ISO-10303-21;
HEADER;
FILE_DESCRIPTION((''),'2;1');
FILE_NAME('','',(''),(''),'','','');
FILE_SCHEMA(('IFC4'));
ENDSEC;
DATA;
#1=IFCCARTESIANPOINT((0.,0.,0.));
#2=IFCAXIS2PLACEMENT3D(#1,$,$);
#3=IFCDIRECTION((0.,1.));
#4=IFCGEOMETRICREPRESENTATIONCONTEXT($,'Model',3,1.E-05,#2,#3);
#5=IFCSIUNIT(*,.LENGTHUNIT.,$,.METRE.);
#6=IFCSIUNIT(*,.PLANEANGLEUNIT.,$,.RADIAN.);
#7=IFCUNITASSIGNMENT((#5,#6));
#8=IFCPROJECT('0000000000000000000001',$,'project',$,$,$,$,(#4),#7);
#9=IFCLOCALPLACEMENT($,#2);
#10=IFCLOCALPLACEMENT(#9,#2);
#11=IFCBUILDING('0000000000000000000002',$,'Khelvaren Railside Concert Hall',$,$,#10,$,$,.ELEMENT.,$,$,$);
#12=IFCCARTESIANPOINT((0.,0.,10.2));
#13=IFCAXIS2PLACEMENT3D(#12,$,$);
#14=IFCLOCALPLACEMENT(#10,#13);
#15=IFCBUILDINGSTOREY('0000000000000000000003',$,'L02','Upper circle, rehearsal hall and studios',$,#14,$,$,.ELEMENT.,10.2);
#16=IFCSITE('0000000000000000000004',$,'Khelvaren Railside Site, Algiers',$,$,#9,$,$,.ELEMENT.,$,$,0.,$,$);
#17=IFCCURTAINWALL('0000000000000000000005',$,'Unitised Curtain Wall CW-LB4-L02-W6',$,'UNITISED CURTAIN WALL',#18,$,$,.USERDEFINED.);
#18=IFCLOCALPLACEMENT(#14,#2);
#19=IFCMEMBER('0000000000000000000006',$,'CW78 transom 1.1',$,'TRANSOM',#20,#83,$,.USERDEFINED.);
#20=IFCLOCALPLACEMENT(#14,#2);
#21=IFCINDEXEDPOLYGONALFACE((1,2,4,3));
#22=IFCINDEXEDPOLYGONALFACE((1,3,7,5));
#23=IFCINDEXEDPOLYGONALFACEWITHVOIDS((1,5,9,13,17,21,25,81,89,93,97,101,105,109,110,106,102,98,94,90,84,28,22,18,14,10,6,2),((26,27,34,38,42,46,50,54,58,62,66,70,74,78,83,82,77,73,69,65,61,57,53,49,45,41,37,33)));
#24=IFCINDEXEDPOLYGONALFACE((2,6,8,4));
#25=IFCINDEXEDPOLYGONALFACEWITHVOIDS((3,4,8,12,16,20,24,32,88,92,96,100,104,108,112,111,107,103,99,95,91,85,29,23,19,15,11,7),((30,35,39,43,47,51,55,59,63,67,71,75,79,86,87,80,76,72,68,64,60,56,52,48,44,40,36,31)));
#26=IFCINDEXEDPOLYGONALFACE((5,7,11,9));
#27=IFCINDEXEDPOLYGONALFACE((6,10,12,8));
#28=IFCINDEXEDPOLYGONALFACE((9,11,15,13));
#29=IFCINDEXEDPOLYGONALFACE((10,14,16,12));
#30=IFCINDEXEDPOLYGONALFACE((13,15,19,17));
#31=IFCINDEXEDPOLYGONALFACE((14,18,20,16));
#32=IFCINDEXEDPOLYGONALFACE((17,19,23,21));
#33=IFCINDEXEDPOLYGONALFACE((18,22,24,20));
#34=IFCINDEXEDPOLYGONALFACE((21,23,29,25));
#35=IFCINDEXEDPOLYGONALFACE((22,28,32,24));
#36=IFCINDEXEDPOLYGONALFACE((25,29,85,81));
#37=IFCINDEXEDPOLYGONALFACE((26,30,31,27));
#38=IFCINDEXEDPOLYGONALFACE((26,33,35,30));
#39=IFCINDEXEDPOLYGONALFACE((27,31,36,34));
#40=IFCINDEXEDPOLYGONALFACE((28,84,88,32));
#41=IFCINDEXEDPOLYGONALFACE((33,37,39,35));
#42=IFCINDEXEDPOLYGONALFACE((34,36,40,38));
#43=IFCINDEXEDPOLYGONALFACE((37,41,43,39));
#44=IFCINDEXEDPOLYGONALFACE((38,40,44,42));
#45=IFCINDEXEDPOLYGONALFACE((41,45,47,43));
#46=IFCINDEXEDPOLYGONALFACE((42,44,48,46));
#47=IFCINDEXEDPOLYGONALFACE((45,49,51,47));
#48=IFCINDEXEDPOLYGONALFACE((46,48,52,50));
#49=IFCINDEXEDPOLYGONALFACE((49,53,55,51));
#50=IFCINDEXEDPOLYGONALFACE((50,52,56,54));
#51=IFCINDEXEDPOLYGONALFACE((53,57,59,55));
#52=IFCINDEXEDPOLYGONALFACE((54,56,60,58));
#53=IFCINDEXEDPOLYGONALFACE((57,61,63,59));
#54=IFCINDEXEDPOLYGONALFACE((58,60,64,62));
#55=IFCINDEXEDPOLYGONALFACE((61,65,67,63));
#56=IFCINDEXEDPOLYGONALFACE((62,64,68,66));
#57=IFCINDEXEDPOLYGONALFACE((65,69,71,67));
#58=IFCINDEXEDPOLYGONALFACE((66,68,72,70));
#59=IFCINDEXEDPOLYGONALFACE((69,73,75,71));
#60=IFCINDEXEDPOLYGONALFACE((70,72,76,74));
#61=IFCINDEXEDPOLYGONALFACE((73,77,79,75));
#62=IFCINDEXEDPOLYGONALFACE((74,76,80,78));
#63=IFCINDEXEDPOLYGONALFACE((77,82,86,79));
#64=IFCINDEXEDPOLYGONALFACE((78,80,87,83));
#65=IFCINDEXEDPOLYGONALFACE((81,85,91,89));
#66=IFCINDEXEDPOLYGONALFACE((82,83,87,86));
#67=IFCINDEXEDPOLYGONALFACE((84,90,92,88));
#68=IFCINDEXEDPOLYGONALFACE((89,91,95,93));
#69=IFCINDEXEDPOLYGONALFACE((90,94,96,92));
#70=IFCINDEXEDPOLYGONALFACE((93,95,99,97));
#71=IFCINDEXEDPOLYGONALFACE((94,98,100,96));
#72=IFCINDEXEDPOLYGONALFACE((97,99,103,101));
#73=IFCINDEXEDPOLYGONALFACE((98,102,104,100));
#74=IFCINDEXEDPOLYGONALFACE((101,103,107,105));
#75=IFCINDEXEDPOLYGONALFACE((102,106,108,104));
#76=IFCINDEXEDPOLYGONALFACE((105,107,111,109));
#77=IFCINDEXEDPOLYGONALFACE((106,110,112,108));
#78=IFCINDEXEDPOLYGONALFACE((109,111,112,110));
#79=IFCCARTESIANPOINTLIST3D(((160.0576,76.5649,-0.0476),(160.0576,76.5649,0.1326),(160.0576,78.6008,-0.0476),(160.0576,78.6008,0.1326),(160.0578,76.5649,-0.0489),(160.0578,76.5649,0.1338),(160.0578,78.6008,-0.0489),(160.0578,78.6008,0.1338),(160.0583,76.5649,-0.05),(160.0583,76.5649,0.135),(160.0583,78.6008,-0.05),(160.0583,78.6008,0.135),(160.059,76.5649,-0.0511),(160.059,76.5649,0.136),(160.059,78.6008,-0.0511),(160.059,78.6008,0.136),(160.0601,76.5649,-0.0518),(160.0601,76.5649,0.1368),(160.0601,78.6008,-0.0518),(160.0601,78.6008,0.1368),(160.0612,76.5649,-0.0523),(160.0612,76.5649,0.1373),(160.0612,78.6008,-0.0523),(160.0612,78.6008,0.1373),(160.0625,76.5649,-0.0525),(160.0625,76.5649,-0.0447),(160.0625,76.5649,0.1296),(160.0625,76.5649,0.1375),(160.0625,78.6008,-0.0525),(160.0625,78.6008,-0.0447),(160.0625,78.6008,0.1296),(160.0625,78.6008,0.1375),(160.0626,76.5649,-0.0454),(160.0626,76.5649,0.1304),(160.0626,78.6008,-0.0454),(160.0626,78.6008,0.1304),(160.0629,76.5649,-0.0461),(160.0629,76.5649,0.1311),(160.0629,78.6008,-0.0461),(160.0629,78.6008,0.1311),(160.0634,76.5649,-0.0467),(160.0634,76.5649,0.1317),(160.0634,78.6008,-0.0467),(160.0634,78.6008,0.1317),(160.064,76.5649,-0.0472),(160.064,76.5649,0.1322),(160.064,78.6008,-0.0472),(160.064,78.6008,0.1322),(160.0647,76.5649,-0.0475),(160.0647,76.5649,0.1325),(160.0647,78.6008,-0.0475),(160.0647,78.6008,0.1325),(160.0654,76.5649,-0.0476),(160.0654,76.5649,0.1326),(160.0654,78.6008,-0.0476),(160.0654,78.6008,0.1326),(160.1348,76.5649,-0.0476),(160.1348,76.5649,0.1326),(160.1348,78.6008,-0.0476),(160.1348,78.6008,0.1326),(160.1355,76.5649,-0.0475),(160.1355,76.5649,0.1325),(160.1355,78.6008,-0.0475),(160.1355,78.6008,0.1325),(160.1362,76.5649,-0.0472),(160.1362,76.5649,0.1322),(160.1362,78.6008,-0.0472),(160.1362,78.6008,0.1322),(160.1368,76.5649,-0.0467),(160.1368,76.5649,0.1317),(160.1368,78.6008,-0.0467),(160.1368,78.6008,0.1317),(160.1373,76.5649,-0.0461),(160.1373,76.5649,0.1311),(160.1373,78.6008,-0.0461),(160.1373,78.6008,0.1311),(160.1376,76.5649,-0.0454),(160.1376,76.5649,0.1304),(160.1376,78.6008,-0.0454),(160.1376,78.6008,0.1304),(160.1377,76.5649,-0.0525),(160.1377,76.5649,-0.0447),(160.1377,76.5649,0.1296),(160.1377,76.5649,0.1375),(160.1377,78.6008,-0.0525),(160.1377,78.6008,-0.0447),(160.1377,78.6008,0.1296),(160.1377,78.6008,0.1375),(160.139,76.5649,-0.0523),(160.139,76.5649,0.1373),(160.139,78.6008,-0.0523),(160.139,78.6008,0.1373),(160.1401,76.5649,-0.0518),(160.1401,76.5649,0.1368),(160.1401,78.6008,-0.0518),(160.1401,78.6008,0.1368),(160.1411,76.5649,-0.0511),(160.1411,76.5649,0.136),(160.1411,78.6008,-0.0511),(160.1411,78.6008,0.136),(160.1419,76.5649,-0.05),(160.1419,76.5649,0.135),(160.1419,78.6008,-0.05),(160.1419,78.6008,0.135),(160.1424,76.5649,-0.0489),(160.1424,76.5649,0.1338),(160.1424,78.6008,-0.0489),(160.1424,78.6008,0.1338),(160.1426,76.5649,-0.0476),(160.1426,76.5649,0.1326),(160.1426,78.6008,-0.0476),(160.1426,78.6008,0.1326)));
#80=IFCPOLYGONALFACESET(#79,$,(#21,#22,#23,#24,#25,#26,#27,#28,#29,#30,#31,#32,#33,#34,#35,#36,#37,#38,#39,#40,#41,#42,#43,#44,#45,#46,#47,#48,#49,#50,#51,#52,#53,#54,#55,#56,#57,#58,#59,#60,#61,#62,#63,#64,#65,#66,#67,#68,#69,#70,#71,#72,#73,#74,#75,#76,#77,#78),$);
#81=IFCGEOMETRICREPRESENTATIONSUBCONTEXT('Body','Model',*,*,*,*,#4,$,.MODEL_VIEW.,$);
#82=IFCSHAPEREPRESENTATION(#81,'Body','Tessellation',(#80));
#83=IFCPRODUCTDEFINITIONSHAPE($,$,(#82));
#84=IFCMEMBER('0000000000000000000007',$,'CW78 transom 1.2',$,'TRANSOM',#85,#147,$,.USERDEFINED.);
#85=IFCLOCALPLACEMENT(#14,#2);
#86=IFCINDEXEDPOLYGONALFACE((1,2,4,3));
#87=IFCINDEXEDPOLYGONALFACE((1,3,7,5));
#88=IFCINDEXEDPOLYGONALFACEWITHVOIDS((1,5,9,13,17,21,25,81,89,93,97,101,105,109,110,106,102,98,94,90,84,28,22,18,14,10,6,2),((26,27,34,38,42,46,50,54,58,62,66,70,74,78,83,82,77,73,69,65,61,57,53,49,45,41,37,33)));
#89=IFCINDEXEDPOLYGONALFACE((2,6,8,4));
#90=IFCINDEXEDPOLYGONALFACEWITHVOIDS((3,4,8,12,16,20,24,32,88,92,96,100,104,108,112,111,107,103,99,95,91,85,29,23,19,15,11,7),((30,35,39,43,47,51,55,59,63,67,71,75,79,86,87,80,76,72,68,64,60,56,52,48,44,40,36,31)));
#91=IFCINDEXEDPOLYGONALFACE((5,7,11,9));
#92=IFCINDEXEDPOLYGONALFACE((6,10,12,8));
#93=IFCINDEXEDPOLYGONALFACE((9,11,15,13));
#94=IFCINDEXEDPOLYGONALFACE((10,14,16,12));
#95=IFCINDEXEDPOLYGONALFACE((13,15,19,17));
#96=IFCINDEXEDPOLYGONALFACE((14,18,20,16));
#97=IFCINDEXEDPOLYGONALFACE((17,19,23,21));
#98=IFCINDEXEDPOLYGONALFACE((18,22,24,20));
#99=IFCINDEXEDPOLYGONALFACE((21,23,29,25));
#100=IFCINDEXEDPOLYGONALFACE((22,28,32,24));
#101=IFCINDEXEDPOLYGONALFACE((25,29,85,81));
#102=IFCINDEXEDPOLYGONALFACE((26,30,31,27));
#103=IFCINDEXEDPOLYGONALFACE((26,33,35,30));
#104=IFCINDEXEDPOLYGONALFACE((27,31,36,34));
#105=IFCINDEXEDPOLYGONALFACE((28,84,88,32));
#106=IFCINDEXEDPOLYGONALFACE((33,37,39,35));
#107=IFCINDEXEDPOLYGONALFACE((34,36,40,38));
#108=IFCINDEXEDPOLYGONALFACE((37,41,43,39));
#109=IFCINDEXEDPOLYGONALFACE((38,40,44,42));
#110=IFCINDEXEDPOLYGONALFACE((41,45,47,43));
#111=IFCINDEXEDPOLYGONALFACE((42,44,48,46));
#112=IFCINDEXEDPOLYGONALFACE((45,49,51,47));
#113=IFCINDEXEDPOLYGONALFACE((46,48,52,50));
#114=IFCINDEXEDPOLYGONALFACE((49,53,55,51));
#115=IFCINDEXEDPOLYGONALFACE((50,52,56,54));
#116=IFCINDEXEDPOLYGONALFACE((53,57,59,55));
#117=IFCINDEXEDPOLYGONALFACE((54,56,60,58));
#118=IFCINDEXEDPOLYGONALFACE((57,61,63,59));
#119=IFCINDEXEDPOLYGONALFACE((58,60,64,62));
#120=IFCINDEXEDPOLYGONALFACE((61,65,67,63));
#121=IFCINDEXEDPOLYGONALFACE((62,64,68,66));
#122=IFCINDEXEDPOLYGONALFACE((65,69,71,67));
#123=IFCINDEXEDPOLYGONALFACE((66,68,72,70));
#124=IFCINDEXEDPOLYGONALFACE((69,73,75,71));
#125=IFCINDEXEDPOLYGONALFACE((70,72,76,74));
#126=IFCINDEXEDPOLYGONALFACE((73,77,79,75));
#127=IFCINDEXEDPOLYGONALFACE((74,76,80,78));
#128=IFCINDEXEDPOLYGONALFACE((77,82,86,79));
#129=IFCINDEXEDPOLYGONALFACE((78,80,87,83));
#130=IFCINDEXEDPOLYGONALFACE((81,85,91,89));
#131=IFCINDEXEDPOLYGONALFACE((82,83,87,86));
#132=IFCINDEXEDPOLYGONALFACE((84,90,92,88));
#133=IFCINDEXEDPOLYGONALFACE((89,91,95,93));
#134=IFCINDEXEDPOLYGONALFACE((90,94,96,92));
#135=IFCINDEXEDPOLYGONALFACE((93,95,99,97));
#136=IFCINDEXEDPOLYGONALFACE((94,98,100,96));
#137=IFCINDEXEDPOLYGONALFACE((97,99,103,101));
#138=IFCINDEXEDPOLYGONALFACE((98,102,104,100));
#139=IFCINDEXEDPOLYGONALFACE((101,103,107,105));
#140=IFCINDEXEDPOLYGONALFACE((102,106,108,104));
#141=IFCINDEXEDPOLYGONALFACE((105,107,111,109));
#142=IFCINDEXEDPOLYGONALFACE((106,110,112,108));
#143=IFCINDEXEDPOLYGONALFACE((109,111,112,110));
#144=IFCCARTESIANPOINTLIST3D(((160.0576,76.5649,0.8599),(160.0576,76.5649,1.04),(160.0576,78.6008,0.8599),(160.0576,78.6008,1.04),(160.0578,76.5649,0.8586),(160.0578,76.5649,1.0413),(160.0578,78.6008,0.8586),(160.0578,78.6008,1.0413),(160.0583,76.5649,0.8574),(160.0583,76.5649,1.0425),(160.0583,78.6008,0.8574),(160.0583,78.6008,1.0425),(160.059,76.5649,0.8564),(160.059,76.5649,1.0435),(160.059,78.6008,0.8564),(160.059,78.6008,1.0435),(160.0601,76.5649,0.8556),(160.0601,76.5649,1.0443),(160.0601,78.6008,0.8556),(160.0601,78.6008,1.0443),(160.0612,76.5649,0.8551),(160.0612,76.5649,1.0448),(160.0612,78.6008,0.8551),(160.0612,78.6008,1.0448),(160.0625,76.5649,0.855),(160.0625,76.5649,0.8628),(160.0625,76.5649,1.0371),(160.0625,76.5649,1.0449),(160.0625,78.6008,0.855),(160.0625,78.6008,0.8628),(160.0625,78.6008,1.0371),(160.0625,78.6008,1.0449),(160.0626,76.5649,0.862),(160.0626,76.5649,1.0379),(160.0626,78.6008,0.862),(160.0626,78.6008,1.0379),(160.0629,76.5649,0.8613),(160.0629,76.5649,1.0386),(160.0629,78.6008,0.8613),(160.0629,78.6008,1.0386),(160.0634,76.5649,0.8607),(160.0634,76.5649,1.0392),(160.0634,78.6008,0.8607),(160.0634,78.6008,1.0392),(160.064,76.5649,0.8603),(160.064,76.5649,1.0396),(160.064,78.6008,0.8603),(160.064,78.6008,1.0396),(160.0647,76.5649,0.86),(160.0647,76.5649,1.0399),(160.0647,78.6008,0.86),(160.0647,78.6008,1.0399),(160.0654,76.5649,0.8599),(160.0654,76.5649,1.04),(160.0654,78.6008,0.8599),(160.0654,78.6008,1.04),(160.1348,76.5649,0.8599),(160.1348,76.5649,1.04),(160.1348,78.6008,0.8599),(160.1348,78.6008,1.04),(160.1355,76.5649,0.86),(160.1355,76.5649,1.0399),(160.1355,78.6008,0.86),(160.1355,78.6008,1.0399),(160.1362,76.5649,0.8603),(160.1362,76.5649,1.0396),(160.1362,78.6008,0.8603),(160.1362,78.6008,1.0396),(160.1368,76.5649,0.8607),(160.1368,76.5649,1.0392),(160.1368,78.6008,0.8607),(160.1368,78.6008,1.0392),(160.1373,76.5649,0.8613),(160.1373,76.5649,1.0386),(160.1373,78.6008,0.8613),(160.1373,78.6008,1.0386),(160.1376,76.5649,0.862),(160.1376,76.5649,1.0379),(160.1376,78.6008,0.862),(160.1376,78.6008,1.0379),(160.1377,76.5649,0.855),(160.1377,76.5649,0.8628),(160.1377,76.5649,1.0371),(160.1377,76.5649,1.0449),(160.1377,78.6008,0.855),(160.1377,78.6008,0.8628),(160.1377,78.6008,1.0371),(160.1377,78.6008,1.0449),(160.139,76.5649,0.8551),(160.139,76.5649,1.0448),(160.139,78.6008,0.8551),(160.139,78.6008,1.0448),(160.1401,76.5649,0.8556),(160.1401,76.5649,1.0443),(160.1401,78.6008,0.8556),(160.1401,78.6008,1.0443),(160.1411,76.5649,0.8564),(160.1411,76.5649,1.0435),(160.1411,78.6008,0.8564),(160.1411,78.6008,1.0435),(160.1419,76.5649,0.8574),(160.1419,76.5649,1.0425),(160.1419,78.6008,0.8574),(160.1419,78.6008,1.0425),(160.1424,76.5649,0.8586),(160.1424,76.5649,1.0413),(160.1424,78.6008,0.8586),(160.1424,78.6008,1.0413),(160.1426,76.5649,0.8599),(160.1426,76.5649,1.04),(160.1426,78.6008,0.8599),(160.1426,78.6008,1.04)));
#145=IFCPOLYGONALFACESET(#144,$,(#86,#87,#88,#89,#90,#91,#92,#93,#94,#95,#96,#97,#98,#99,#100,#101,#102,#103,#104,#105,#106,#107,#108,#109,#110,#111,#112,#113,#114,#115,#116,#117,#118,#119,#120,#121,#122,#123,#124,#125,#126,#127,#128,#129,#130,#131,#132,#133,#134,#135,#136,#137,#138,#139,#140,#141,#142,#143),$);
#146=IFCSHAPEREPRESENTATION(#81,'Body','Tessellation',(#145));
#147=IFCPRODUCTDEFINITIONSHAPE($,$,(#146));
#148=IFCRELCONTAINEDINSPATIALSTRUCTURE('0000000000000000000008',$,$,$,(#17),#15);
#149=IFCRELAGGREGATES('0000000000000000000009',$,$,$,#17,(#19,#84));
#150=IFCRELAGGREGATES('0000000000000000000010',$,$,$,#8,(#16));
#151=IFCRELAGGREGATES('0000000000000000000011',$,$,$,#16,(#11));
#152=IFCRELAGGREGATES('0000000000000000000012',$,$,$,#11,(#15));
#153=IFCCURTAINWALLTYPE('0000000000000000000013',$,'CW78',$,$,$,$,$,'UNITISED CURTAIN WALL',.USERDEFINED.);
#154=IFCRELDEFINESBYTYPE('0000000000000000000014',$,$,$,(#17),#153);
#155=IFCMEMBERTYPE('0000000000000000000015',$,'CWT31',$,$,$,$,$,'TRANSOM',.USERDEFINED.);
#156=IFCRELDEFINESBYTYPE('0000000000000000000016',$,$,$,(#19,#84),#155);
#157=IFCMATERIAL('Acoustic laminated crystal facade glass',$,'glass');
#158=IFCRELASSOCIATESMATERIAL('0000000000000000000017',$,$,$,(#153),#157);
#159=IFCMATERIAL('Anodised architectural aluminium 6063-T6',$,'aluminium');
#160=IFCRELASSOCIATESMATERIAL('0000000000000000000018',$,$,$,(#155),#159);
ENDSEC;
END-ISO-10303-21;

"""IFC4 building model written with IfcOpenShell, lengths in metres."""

from ifc_helpers import new_model, si_unit, direction, frame, origin, origin_2d, place, context, subcontext, project, spatial, hollow_rectangle, extrude, material, material_profile, profile_set, type_object, element, aggregate, save


model = new_model("IFC4")

# Units and contexts
model_context = context("Model", 3, precision=1e-05, world=origin(), true_north=direction((0.0, 1.0)))
body_context = subcontext(model_context, "Body", "Model", "MODEL_VIEW")
ifc_project = project(units=[si_unit("LENGTHUNIT", "METRE"), si_unit("PLANEANGLEUNIT", "RADIAN")], contexts=[model_context])

# Site, building, storey
site_placement = place(None, origin())
site = spatial("IfcSite", under=ifc_project, at=site_placement, Name="Khelvaren Railside Site, Algiers", CompositionType="ELEMENT", RefElevation=0.0)
building_placement = place(site_placement, origin())
building = spatial("IfcBuilding", under=site, at=building_placement, Name="Khelvaren Railside Concert Hall", CompositionType="ELEMENT")
storey_placement = place(building_placement, frame((0.0, 0.0, 10.2)))
storey = spatial("IfcBuildingStorey", under=building, at=storey_placement, Name="L02", Description="Upper circle, rehearsal hall and studios", CompositionType="ELEMENT", Elevation=10.2)

# Curtain wall
ifc_material_1 = material(Name="Anodised architectural aluminium 6063-T6", Category="aluminium")
ifc_material_2 = material(Name="Acoustic laminated crystal facade glass", Category="glass")
curtain_wall_type_1 = type_object("IfcCurtainWallType", Name="CW78", ElementType="UNITISED CURTAIN WALL", PredefinedType="USERDEFINED", material=ifc_material_2)
curtain_wall_1_placement = place(storey_placement, origin())
curtain_wall_1 = element("IfcCurtainWall", 1, at=curtain_wall_1_placement, inside=storey, type_object=curtain_wall_type_1, Name="Unitised Curtain Wall CW-LB4-L02-W6", ObjectType="UNITISED CURTAIN WALL", PredefinedType="USERDEFINED")

# Members
ifc_material_profile_1 = material_profile(ifc_material_1, hollow_rectangle(XDim=0.085, YDim=0.1899, WallThickness=0.0049, InnerFilletRadius=0.0029, OuterFilletRadius=0.0049, at=origin_2d()), Name="CWT 85x190x5")
ifc_profile_set_1 = profile_set([ifc_material_profile_1], Name="Anodised architectural aluminium 6063-T6")
member_type_1 = type_object("IfcMemberType", Name="CWT31", ElementType="TRANSOM", PredefinedType="USERDEFINED", material=ifc_profile_set_1)
member_1_placement = place(storey_placement, frame((160.1001, 76.5649, 0.0425), z_axis=(0.0, 1.0, 0.0), x_axis=(-1.0, 0.0, 0.0)))
member_1 = element("IfcMember", 2, at=member_1_placement, type_object=member_type_1, Name="CW78 transom 1.1", ObjectType="TRANSOM", PredefinedType="USERDEFINED", context=body_context, shape_type="SweptSolid", body=[
    extrude(hollow_rectangle(XDim=0.085, YDim=0.1899, WallThickness=0.0049, InnerFilletRadius=0.0029, OuterFilletRadius=0.0049, at=origin_2d()), origin(), (0.0, 0.0, 1.0), 2.0359),
])
member_2_placement = place(storey_placement, frame((160.1001, 76.5649, 0.95), z_axis=(0.0, 1.0, 0.0), x_axis=(-1.0, 0.0, 0.0)))
member_2 = element("IfcMember", 3, at=member_2_placement, type_object=member_type_1, Name="CW78 transom 1.2", ObjectType="TRANSOM", PredefinedType="USERDEFINED", context=body_context, shape_type="SweptSolid", body=[
    extrude(hollow_rectangle(XDim=0.085, YDim=0.1899, WallThickness=0.0049, InnerFilletRadius=0.0029, OuterFilletRadius=0.0049, at=origin_2d()), origin(), (0.0, 0.0, 1.0), 2.0359),
])

aggregate(curtain_wall_1, [member_1, member_2])

save(model, "model.ifc")
